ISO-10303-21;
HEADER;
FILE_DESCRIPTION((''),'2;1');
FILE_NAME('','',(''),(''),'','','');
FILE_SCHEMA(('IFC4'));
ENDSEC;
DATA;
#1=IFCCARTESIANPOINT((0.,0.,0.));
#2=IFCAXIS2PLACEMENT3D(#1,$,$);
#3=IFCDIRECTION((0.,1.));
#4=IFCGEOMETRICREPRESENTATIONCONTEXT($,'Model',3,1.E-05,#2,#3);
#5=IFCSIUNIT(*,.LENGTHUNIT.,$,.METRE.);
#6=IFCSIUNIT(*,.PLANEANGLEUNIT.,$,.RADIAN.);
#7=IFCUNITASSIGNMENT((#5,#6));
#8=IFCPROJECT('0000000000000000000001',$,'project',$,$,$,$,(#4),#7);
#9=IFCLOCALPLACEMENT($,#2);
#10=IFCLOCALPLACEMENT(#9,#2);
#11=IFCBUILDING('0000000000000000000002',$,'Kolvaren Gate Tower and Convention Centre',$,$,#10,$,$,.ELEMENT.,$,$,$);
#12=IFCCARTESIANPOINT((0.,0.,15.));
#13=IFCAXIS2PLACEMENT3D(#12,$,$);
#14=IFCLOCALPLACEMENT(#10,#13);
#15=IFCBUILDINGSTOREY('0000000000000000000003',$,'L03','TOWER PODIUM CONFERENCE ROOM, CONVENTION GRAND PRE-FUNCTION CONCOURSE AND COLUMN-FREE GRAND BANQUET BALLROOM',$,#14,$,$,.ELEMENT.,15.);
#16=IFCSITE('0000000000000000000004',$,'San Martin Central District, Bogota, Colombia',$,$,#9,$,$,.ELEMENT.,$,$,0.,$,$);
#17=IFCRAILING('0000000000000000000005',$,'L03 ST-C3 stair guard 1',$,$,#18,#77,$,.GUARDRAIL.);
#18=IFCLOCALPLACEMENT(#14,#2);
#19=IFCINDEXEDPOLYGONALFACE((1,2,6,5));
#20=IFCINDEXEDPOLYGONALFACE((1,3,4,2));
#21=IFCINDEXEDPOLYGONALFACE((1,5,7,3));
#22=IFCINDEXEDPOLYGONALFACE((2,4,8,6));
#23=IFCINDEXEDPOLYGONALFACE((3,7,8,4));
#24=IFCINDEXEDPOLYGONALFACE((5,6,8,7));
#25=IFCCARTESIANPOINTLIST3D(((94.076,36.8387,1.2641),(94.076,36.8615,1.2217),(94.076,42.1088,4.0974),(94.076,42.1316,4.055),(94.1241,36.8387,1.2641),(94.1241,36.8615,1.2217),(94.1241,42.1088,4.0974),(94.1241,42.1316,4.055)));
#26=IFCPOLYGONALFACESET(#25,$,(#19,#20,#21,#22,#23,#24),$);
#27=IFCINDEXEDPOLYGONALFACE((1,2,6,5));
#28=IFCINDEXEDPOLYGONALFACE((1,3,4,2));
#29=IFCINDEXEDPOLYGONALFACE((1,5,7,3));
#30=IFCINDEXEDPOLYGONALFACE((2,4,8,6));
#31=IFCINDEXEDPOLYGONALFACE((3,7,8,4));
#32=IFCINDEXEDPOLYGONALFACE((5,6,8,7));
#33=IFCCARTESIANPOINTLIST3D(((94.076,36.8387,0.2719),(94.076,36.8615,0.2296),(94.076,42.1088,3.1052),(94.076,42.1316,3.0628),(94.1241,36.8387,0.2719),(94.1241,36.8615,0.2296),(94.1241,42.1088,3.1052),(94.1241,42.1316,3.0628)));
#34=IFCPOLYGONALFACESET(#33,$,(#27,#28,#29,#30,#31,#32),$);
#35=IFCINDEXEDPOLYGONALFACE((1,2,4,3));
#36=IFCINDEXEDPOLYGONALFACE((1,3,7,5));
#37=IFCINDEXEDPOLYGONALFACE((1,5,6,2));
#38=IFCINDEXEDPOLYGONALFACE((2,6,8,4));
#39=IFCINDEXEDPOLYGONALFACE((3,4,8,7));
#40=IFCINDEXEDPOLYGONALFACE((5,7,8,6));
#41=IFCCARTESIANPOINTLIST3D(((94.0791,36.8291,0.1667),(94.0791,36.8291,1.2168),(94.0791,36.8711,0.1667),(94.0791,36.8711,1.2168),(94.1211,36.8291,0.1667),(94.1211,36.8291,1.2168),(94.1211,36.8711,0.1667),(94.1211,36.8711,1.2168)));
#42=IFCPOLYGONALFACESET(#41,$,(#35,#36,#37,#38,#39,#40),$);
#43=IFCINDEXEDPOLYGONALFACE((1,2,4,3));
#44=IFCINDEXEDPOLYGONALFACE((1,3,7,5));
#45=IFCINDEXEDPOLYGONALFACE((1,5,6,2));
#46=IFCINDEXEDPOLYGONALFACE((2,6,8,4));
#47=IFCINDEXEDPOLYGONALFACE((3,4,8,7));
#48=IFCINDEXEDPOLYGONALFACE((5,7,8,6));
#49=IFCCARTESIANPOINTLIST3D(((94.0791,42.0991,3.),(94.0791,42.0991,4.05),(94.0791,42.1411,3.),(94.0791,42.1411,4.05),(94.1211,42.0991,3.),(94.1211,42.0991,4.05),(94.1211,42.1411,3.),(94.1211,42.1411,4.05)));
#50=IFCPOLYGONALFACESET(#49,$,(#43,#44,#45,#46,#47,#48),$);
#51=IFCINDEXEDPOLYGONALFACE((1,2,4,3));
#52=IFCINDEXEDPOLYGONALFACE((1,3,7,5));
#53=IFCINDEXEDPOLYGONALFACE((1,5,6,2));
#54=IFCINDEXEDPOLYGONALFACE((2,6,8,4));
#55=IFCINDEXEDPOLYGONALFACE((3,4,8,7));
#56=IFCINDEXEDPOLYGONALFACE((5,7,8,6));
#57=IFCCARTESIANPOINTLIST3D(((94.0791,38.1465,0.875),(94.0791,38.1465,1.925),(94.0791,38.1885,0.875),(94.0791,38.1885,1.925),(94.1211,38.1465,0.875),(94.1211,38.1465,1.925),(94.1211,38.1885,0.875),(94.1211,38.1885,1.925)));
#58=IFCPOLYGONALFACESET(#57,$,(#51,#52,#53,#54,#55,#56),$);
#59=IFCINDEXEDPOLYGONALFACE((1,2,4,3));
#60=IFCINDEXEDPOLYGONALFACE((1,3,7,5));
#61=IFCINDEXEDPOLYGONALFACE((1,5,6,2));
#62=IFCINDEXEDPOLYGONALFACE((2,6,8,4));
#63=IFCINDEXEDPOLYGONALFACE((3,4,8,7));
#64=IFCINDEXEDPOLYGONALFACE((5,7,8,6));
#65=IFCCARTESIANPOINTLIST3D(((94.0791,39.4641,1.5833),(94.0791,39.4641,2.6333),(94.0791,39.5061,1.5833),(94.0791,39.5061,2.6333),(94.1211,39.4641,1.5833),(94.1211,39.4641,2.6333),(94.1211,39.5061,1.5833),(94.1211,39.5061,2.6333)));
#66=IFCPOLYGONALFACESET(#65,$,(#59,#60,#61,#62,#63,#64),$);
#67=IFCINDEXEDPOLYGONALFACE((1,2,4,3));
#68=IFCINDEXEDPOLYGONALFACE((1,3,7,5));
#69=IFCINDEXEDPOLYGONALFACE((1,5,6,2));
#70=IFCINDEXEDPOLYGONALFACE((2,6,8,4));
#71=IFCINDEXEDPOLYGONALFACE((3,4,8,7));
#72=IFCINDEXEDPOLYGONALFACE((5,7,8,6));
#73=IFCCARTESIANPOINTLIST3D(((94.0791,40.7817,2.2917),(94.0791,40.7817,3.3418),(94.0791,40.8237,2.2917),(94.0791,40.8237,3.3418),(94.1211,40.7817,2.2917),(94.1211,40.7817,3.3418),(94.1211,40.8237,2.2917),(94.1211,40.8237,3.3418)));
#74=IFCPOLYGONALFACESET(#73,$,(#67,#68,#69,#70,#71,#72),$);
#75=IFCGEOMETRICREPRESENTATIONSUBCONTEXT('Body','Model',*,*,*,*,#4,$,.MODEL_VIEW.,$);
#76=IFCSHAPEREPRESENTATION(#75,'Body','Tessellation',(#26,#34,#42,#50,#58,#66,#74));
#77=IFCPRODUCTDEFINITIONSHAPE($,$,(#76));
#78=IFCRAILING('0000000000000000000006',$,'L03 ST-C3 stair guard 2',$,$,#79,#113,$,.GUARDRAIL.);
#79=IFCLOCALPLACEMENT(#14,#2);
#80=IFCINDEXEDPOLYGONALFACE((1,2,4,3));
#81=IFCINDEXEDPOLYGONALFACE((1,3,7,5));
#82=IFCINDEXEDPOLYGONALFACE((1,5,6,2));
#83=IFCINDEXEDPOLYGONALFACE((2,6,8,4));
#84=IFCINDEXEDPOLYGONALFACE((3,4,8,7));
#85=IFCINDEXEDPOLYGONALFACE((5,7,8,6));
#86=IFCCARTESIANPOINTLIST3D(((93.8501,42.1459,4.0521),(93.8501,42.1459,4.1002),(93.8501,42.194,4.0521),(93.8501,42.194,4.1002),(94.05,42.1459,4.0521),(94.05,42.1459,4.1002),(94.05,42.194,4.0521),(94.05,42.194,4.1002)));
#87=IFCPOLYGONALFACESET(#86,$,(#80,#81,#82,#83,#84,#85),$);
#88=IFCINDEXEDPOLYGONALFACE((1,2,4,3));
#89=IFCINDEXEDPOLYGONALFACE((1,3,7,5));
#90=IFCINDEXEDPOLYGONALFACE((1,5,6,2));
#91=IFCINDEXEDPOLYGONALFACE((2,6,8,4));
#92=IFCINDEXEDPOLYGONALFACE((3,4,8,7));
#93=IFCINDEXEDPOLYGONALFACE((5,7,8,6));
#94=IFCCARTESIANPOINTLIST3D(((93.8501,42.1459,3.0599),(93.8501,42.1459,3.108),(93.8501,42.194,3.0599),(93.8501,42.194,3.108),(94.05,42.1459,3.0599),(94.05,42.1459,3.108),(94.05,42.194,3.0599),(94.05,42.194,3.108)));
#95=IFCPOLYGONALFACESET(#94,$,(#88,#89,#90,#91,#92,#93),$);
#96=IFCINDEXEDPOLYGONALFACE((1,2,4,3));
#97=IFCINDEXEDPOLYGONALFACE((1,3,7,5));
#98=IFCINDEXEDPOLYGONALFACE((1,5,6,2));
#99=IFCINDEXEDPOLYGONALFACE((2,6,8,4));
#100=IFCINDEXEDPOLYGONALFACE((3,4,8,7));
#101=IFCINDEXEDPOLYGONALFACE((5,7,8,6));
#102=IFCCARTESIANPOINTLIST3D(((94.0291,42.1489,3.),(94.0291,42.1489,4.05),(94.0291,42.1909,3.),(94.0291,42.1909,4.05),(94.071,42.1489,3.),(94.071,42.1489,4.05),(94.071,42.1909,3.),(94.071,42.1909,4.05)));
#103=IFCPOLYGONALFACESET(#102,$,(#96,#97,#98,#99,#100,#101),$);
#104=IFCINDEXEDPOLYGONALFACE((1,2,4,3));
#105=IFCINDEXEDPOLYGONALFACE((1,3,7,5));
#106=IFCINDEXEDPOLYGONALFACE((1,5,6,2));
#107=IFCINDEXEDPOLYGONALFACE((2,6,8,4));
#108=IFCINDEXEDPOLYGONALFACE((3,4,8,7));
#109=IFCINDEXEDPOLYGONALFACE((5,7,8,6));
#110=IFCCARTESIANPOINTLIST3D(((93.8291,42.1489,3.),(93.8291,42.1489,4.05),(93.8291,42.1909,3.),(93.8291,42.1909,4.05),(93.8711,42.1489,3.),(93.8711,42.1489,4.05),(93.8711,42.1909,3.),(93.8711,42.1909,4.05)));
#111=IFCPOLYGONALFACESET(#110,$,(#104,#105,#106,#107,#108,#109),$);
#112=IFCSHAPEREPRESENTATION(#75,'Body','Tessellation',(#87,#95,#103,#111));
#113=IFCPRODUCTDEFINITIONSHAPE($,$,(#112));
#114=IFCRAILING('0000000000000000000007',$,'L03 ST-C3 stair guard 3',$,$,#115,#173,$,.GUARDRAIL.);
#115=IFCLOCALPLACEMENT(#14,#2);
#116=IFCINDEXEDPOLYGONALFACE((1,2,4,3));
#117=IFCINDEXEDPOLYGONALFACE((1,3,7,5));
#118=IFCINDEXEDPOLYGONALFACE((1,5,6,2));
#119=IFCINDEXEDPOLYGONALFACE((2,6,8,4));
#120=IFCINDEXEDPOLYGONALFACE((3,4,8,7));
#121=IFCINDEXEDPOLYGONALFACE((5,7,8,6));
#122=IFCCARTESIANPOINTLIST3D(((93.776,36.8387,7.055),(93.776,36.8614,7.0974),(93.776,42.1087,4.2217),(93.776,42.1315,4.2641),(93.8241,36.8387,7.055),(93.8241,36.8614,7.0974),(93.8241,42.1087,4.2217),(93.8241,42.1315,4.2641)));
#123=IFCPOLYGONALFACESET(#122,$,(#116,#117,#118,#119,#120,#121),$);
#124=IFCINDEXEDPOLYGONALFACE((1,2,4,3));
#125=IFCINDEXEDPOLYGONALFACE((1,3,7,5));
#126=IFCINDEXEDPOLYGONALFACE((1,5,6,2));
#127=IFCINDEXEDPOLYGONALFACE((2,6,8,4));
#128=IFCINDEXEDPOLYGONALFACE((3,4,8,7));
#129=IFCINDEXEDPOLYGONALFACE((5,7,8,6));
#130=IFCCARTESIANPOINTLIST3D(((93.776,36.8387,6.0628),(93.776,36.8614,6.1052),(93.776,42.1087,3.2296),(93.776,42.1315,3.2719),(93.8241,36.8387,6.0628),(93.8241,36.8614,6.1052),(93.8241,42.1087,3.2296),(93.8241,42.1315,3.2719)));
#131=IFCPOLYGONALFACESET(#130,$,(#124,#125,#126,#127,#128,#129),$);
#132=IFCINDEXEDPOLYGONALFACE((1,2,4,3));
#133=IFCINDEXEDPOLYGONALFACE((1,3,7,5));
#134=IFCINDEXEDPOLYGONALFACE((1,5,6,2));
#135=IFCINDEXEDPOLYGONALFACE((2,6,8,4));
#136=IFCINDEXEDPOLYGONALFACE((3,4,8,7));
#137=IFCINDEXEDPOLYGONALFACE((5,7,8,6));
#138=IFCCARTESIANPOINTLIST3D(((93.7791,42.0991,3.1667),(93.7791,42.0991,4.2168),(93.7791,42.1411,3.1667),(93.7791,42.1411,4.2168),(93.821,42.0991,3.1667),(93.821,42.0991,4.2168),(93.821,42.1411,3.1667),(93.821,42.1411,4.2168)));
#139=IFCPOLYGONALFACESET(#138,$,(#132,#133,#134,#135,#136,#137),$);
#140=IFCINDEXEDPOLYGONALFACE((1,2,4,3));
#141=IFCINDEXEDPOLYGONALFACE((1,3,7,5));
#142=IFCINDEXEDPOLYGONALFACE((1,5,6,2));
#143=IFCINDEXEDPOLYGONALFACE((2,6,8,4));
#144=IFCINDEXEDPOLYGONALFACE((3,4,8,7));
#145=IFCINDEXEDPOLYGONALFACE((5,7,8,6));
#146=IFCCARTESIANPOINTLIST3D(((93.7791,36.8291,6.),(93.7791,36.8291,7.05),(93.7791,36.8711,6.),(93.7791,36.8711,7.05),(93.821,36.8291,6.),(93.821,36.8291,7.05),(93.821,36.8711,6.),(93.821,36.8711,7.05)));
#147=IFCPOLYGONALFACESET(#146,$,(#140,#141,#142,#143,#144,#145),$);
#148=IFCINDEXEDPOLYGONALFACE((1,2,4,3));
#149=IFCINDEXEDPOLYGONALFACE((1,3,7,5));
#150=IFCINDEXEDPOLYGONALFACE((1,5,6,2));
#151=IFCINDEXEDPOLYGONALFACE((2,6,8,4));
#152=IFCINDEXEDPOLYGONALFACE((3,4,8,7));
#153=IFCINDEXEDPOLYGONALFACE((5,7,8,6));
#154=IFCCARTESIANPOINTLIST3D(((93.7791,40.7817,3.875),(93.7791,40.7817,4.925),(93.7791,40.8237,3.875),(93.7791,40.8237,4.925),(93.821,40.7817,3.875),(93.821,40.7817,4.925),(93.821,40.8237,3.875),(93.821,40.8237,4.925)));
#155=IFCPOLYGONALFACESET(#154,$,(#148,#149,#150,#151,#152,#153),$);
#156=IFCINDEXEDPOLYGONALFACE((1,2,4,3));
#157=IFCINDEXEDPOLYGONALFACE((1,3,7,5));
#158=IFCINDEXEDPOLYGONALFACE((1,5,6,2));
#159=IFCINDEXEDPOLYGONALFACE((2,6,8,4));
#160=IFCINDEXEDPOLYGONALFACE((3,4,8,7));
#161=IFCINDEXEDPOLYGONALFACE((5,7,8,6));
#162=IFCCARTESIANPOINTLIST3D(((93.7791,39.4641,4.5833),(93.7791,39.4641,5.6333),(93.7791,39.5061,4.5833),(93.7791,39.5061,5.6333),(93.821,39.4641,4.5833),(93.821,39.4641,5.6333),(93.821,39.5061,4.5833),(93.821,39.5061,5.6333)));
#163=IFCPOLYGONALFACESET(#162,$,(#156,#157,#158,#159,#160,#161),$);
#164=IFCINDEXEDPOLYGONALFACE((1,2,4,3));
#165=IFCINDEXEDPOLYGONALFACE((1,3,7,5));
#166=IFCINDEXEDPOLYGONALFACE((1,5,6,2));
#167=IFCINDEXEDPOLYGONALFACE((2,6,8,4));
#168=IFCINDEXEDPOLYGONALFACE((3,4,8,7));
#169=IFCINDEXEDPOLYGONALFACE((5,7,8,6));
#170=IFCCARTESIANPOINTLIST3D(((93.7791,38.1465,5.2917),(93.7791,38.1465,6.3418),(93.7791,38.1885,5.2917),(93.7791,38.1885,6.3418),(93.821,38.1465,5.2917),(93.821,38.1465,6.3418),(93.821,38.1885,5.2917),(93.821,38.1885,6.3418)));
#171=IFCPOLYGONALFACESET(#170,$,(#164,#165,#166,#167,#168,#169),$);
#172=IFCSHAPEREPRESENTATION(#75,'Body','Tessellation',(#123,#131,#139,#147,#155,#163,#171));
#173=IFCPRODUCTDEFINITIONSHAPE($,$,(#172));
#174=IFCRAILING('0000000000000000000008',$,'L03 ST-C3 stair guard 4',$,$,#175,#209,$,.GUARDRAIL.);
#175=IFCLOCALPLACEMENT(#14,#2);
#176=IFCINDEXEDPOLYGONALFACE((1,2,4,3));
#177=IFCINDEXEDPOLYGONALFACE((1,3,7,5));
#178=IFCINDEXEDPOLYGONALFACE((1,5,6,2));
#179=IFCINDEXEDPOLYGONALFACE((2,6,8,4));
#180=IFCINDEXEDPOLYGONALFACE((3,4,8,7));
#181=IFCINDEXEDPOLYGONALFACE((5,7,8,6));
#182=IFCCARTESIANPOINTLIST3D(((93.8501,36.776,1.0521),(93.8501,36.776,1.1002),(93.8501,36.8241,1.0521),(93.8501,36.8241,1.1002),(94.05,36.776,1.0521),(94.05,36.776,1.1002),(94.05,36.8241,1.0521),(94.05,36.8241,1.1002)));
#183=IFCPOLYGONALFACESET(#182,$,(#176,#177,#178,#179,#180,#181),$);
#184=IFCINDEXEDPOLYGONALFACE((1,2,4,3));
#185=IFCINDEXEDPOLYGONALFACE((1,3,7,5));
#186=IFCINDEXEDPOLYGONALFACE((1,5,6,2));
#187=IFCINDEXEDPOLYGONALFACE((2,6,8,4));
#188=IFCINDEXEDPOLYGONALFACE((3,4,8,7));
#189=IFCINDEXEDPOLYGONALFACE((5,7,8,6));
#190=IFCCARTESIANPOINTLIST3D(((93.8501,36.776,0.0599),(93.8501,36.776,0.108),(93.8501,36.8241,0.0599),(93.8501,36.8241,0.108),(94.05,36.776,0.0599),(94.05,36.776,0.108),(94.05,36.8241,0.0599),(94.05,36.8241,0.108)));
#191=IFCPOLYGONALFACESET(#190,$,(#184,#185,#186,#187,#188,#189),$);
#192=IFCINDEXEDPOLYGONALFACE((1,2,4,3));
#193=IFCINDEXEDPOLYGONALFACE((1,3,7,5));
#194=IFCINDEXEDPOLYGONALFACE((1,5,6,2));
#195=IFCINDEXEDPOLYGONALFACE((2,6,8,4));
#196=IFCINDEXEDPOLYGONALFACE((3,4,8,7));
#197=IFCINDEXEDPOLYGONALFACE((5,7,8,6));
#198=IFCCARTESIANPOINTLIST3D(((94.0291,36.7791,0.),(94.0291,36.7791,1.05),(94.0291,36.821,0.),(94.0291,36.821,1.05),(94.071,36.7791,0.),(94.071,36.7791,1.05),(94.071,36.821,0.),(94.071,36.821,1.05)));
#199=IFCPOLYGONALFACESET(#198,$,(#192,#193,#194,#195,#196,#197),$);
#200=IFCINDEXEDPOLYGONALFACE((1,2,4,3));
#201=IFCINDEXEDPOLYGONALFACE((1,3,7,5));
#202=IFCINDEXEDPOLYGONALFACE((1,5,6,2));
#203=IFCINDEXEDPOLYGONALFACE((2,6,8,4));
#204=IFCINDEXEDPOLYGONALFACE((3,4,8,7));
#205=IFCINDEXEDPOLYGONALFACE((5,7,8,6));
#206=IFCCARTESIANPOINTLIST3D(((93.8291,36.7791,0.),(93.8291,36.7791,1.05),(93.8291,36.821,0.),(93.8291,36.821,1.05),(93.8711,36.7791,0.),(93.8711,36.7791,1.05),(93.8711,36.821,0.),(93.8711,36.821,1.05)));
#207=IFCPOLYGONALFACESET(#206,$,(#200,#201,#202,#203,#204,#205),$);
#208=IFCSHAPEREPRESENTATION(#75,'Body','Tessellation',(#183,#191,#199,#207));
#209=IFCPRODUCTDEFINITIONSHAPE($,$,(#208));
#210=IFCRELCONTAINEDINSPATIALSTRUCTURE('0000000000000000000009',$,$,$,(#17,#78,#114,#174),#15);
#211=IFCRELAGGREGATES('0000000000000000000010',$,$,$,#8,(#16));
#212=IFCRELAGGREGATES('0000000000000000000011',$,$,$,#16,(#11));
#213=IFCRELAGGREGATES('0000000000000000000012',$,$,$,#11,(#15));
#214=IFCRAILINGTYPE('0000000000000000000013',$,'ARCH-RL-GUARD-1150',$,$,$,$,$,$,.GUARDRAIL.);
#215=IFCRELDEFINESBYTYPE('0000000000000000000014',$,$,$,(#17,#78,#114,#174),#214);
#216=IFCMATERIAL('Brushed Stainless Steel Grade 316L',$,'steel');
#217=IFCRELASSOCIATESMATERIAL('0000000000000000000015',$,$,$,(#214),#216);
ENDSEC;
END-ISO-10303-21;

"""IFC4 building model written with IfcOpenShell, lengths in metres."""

from ifc_helpers import new_model, si_unit, direction, frame, origin, origin_2d, place, context, subcontext, project, spatial, rectangle, extrude, material, type_object, element, save


model = new_model("IFC4")

# Units and contexts
model_context = context("Model", 3, precision=1e-05, world=origin(), true_north=direction((0.0, 1.0)))
body_context = subcontext(model_context, "Body", "Model", "MODEL_VIEW")
ifc_project = project(units=[si_unit("LENGTHUNIT", "METRE"), si_unit("PLANEANGLEUNIT", "RADIAN")], contexts=[model_context])

# Site, building, storey
site_placement = place(None, origin())
site = spatial("IfcSite", under=ifc_project, at=site_placement, Name="San Martin Central District, Bogota, Colombia", CompositionType="ELEMENT", RefElevation=0.0)
building_placement = place(site_placement, origin())
building = spatial("IfcBuilding", under=site, at=building_placement, Name="Kolvaren Gate Tower and Convention Centre", CompositionType="ELEMENT")
storey_placement = place(building_placement, frame((0.0, 0.0, 15.0)))
storey = spatial("IfcBuildingStorey", under=building, at=storey_placement, Name="L03", Description="TOWER PODIUM CONFERENCE ROOM, CONVENTION GRAND PRE-FUNCTION CONCOURSE AND COLUMN-FREE GRAND BANQUET BALLROOM", CompositionType="ELEMENT", Elevation=15.0)

# Shared definitions
ifc_material_1 = material(Name="Brushed Stainless Steel Grade 316L", Category="steel")

# Railings
railing_type_1 = type_object("IfcRailingType", Name="ARCH-RL-GUARD-1150", PredefinedType="GUARDRAIL", material=ifc_material_1)
railing_1_placement = place(storey_placement, frame((94.1001, 36.8501, 0.1667)))
element("IfcRailing", 1, at=railing_1_placement, inside=storey, type_object=railing_type_1, Name="L03 ST-C3 stair guard 1", PredefinedType="GUARDRAIL", context=body_context, shape_type="SweptSolid", body=[
    extrude(rectangle(XDim=0.0481, YDim=0.0481, at=origin_2d()), frame((0.0, 0.0, 1.0762), z_axis=(0.0, 0.880781, 0.473523), x_axis=(-1.0, 0.0, 0.0)), (0.0, 0.0, 1.0), 5.9834),
    extrude(rectangle(XDim=0.0481, YDim=0.0481, at=origin_2d()), frame((0.0, 0.0, 0.084), z_axis=(0.0, 0.880781, 0.473523), x_axis=(-1.0, 0.0, 0.0)), (0.0, 0.0, 1.0), 5.9834),
    extrude(rectangle(XDim=0.042, YDim=0.042, at=origin_2d()), origin(), (0.0, 0.0, 1.0), 1.05),
    extrude(rectangle(XDim=0.042, YDim=0.042, at=origin_2d()), frame((0.0, 5.27, 2.8333)), (0.0, 0.0, 1.0), 1.05),
    extrude(rectangle(XDim=0.042, YDim=0.042, at=origin_2d()), frame((0.0, 1.3174, 0.7083)), (0.0, 0.0, 1.0), 1.05),
    extrude(rectangle(XDim=0.042, YDim=0.042, at=origin_2d()), frame((0.0, 2.635, 1.4165)), (0.0, 0.0, 1.0), 1.05),
    extrude(rectangle(XDim=0.042, YDim=0.042, at=origin_2d()), frame((0.0, 3.9526, 2.125)), (0.0, 0.0, 1.0), 1.05),
])
railing_2_placement = place(storey_placement, frame((94.05, 42.1699, 3.0)))
element("IfcRailing", 2, at=railing_2_placement, inside=storey, type_object=railing_type_1, Name="L03 ST-C3 stair guard 2", PredefinedType="GUARDRAIL", context=body_context, shape_type="SweptSolid", body=[
    extrude(rectangle(XDim=0.0481, YDim=0.0481, at=origin_2d()), frame((0.0, 0.0, 1.0762), z_axis=(-1.0, 0.0, 0.0), x_axis=(0.0, -1.0, 0.0)), (0.0, 0.0, 1.0), 0.2),
    extrude(rectangle(XDim=0.0481, YDim=0.0481, at=origin_2d()), frame((0.0, 0.0, 0.084), z_axis=(-1.0, 0.0, 0.0), x_axis=(0.0, -1.0, 0.0)), (0.0, 0.0, 1.0), 0.2),
    extrude(rectangle(XDim=0.042, YDim=0.042, at=origin_2d()), origin(), (0.0, 0.0, 1.0), 1.05),
    extrude(rectangle(XDim=0.042, YDim=0.042, at=origin_2d()), frame((-0.2, 0.0, 0.0)), (0.0, 0.0, 1.0), 1.05),
])
railing_3_placement = place(storey_placement, frame((93.8, 42.1201, 3.1667)))
element("IfcRailing", 3, at=railing_3_placement, inside=storey, type_object=railing_type_1, Name="L03 ST-C3 stair guard 3", PredefinedType="GUARDRAIL", context=body_context, shape_type="SweptSolid", body=[
    extrude(rectangle(XDim=0.0481, YDim=0.0481, at=origin_2d()), frame((0.0, 0.0, 1.0762), z_axis=(0.0, -0.880781, 0.473523), x_axis=(1.0, 0.0, 0.0)), (0.0, 0.0, 1.0), 5.9834),
    extrude(rectangle(XDim=0.0481, YDim=0.0481, at=origin_2d()), frame((0.0, 0.0, 0.084), z_axis=(0.0, -0.880781, 0.473523), x_axis=(1.0, 0.0, 0.0)), (0.0, 0.0, 1.0), 5.9834),
    extrude(rectangle(XDim=0.042, YDim=0.042, at=origin_2d()), origin(), (0.0, 0.0, 1.0), 1.05),
    extrude(rectangle(XDim=0.042, YDim=0.042, at=origin_2d()), frame((0.0, -5.27, 2.8333)), (0.0, 0.0, 1.0), 1.05),
    extrude(rectangle(XDim=0.042, YDim=0.042, at=origin_2d()), frame((0.0, -1.3174, 0.7083)), (0.0, 0.0, 1.0), 1.05),
    extrude(rectangle(XDim=0.042, YDim=0.042, at=origin_2d()), frame((0.0, -2.635, 1.4165)), (0.0, 0.0, 1.0), 1.05),
    extrude(rectangle(XDim=0.042, YDim=0.042, at=origin_2d()), frame((0.0, -3.9526, 2.125)), (0.0, 0.0, 1.0), 1.05),
])
railing_4_placement = place(storey_placement, frame((94.05, 36.8, 0.0)))
element("IfcRailing", 4, at=railing_4_placement, inside=storey, type_object=railing_type_1, Name="L03 ST-C3 stair guard 4", PredefinedType="GUARDRAIL", context=body_context, shape_type="SweptSolid", body=[
    extrude(rectangle(XDim=0.0481, YDim=0.0481, at=origin_2d()), frame((0.0, 0.0, 1.0762), z_axis=(-1.0, 0.0, 0.0), x_axis=(0.0, -1.0, 0.0)), (0.0, 0.0, 1.0), 0.2),
    extrude(rectangle(XDim=0.0481, YDim=0.0481, at=origin_2d()), frame((0.0, 0.0, 0.084), z_axis=(-1.0, 0.0, 0.0), x_axis=(0.0, -1.0, 0.0)), (0.0, 0.0, 1.0), 0.2),
    extrude(rectangle(XDim=0.042, YDim=0.042, at=origin_2d()), origin(), (0.0, 0.0, 1.0), 1.05),
    extrude(rectangle(XDim=0.042, YDim=0.042, at=origin_2d()), frame((-0.2, 0.0, 0.0)), (0.0, 0.0, 1.0), 1.05),
])

save(model, "model.ifc")
